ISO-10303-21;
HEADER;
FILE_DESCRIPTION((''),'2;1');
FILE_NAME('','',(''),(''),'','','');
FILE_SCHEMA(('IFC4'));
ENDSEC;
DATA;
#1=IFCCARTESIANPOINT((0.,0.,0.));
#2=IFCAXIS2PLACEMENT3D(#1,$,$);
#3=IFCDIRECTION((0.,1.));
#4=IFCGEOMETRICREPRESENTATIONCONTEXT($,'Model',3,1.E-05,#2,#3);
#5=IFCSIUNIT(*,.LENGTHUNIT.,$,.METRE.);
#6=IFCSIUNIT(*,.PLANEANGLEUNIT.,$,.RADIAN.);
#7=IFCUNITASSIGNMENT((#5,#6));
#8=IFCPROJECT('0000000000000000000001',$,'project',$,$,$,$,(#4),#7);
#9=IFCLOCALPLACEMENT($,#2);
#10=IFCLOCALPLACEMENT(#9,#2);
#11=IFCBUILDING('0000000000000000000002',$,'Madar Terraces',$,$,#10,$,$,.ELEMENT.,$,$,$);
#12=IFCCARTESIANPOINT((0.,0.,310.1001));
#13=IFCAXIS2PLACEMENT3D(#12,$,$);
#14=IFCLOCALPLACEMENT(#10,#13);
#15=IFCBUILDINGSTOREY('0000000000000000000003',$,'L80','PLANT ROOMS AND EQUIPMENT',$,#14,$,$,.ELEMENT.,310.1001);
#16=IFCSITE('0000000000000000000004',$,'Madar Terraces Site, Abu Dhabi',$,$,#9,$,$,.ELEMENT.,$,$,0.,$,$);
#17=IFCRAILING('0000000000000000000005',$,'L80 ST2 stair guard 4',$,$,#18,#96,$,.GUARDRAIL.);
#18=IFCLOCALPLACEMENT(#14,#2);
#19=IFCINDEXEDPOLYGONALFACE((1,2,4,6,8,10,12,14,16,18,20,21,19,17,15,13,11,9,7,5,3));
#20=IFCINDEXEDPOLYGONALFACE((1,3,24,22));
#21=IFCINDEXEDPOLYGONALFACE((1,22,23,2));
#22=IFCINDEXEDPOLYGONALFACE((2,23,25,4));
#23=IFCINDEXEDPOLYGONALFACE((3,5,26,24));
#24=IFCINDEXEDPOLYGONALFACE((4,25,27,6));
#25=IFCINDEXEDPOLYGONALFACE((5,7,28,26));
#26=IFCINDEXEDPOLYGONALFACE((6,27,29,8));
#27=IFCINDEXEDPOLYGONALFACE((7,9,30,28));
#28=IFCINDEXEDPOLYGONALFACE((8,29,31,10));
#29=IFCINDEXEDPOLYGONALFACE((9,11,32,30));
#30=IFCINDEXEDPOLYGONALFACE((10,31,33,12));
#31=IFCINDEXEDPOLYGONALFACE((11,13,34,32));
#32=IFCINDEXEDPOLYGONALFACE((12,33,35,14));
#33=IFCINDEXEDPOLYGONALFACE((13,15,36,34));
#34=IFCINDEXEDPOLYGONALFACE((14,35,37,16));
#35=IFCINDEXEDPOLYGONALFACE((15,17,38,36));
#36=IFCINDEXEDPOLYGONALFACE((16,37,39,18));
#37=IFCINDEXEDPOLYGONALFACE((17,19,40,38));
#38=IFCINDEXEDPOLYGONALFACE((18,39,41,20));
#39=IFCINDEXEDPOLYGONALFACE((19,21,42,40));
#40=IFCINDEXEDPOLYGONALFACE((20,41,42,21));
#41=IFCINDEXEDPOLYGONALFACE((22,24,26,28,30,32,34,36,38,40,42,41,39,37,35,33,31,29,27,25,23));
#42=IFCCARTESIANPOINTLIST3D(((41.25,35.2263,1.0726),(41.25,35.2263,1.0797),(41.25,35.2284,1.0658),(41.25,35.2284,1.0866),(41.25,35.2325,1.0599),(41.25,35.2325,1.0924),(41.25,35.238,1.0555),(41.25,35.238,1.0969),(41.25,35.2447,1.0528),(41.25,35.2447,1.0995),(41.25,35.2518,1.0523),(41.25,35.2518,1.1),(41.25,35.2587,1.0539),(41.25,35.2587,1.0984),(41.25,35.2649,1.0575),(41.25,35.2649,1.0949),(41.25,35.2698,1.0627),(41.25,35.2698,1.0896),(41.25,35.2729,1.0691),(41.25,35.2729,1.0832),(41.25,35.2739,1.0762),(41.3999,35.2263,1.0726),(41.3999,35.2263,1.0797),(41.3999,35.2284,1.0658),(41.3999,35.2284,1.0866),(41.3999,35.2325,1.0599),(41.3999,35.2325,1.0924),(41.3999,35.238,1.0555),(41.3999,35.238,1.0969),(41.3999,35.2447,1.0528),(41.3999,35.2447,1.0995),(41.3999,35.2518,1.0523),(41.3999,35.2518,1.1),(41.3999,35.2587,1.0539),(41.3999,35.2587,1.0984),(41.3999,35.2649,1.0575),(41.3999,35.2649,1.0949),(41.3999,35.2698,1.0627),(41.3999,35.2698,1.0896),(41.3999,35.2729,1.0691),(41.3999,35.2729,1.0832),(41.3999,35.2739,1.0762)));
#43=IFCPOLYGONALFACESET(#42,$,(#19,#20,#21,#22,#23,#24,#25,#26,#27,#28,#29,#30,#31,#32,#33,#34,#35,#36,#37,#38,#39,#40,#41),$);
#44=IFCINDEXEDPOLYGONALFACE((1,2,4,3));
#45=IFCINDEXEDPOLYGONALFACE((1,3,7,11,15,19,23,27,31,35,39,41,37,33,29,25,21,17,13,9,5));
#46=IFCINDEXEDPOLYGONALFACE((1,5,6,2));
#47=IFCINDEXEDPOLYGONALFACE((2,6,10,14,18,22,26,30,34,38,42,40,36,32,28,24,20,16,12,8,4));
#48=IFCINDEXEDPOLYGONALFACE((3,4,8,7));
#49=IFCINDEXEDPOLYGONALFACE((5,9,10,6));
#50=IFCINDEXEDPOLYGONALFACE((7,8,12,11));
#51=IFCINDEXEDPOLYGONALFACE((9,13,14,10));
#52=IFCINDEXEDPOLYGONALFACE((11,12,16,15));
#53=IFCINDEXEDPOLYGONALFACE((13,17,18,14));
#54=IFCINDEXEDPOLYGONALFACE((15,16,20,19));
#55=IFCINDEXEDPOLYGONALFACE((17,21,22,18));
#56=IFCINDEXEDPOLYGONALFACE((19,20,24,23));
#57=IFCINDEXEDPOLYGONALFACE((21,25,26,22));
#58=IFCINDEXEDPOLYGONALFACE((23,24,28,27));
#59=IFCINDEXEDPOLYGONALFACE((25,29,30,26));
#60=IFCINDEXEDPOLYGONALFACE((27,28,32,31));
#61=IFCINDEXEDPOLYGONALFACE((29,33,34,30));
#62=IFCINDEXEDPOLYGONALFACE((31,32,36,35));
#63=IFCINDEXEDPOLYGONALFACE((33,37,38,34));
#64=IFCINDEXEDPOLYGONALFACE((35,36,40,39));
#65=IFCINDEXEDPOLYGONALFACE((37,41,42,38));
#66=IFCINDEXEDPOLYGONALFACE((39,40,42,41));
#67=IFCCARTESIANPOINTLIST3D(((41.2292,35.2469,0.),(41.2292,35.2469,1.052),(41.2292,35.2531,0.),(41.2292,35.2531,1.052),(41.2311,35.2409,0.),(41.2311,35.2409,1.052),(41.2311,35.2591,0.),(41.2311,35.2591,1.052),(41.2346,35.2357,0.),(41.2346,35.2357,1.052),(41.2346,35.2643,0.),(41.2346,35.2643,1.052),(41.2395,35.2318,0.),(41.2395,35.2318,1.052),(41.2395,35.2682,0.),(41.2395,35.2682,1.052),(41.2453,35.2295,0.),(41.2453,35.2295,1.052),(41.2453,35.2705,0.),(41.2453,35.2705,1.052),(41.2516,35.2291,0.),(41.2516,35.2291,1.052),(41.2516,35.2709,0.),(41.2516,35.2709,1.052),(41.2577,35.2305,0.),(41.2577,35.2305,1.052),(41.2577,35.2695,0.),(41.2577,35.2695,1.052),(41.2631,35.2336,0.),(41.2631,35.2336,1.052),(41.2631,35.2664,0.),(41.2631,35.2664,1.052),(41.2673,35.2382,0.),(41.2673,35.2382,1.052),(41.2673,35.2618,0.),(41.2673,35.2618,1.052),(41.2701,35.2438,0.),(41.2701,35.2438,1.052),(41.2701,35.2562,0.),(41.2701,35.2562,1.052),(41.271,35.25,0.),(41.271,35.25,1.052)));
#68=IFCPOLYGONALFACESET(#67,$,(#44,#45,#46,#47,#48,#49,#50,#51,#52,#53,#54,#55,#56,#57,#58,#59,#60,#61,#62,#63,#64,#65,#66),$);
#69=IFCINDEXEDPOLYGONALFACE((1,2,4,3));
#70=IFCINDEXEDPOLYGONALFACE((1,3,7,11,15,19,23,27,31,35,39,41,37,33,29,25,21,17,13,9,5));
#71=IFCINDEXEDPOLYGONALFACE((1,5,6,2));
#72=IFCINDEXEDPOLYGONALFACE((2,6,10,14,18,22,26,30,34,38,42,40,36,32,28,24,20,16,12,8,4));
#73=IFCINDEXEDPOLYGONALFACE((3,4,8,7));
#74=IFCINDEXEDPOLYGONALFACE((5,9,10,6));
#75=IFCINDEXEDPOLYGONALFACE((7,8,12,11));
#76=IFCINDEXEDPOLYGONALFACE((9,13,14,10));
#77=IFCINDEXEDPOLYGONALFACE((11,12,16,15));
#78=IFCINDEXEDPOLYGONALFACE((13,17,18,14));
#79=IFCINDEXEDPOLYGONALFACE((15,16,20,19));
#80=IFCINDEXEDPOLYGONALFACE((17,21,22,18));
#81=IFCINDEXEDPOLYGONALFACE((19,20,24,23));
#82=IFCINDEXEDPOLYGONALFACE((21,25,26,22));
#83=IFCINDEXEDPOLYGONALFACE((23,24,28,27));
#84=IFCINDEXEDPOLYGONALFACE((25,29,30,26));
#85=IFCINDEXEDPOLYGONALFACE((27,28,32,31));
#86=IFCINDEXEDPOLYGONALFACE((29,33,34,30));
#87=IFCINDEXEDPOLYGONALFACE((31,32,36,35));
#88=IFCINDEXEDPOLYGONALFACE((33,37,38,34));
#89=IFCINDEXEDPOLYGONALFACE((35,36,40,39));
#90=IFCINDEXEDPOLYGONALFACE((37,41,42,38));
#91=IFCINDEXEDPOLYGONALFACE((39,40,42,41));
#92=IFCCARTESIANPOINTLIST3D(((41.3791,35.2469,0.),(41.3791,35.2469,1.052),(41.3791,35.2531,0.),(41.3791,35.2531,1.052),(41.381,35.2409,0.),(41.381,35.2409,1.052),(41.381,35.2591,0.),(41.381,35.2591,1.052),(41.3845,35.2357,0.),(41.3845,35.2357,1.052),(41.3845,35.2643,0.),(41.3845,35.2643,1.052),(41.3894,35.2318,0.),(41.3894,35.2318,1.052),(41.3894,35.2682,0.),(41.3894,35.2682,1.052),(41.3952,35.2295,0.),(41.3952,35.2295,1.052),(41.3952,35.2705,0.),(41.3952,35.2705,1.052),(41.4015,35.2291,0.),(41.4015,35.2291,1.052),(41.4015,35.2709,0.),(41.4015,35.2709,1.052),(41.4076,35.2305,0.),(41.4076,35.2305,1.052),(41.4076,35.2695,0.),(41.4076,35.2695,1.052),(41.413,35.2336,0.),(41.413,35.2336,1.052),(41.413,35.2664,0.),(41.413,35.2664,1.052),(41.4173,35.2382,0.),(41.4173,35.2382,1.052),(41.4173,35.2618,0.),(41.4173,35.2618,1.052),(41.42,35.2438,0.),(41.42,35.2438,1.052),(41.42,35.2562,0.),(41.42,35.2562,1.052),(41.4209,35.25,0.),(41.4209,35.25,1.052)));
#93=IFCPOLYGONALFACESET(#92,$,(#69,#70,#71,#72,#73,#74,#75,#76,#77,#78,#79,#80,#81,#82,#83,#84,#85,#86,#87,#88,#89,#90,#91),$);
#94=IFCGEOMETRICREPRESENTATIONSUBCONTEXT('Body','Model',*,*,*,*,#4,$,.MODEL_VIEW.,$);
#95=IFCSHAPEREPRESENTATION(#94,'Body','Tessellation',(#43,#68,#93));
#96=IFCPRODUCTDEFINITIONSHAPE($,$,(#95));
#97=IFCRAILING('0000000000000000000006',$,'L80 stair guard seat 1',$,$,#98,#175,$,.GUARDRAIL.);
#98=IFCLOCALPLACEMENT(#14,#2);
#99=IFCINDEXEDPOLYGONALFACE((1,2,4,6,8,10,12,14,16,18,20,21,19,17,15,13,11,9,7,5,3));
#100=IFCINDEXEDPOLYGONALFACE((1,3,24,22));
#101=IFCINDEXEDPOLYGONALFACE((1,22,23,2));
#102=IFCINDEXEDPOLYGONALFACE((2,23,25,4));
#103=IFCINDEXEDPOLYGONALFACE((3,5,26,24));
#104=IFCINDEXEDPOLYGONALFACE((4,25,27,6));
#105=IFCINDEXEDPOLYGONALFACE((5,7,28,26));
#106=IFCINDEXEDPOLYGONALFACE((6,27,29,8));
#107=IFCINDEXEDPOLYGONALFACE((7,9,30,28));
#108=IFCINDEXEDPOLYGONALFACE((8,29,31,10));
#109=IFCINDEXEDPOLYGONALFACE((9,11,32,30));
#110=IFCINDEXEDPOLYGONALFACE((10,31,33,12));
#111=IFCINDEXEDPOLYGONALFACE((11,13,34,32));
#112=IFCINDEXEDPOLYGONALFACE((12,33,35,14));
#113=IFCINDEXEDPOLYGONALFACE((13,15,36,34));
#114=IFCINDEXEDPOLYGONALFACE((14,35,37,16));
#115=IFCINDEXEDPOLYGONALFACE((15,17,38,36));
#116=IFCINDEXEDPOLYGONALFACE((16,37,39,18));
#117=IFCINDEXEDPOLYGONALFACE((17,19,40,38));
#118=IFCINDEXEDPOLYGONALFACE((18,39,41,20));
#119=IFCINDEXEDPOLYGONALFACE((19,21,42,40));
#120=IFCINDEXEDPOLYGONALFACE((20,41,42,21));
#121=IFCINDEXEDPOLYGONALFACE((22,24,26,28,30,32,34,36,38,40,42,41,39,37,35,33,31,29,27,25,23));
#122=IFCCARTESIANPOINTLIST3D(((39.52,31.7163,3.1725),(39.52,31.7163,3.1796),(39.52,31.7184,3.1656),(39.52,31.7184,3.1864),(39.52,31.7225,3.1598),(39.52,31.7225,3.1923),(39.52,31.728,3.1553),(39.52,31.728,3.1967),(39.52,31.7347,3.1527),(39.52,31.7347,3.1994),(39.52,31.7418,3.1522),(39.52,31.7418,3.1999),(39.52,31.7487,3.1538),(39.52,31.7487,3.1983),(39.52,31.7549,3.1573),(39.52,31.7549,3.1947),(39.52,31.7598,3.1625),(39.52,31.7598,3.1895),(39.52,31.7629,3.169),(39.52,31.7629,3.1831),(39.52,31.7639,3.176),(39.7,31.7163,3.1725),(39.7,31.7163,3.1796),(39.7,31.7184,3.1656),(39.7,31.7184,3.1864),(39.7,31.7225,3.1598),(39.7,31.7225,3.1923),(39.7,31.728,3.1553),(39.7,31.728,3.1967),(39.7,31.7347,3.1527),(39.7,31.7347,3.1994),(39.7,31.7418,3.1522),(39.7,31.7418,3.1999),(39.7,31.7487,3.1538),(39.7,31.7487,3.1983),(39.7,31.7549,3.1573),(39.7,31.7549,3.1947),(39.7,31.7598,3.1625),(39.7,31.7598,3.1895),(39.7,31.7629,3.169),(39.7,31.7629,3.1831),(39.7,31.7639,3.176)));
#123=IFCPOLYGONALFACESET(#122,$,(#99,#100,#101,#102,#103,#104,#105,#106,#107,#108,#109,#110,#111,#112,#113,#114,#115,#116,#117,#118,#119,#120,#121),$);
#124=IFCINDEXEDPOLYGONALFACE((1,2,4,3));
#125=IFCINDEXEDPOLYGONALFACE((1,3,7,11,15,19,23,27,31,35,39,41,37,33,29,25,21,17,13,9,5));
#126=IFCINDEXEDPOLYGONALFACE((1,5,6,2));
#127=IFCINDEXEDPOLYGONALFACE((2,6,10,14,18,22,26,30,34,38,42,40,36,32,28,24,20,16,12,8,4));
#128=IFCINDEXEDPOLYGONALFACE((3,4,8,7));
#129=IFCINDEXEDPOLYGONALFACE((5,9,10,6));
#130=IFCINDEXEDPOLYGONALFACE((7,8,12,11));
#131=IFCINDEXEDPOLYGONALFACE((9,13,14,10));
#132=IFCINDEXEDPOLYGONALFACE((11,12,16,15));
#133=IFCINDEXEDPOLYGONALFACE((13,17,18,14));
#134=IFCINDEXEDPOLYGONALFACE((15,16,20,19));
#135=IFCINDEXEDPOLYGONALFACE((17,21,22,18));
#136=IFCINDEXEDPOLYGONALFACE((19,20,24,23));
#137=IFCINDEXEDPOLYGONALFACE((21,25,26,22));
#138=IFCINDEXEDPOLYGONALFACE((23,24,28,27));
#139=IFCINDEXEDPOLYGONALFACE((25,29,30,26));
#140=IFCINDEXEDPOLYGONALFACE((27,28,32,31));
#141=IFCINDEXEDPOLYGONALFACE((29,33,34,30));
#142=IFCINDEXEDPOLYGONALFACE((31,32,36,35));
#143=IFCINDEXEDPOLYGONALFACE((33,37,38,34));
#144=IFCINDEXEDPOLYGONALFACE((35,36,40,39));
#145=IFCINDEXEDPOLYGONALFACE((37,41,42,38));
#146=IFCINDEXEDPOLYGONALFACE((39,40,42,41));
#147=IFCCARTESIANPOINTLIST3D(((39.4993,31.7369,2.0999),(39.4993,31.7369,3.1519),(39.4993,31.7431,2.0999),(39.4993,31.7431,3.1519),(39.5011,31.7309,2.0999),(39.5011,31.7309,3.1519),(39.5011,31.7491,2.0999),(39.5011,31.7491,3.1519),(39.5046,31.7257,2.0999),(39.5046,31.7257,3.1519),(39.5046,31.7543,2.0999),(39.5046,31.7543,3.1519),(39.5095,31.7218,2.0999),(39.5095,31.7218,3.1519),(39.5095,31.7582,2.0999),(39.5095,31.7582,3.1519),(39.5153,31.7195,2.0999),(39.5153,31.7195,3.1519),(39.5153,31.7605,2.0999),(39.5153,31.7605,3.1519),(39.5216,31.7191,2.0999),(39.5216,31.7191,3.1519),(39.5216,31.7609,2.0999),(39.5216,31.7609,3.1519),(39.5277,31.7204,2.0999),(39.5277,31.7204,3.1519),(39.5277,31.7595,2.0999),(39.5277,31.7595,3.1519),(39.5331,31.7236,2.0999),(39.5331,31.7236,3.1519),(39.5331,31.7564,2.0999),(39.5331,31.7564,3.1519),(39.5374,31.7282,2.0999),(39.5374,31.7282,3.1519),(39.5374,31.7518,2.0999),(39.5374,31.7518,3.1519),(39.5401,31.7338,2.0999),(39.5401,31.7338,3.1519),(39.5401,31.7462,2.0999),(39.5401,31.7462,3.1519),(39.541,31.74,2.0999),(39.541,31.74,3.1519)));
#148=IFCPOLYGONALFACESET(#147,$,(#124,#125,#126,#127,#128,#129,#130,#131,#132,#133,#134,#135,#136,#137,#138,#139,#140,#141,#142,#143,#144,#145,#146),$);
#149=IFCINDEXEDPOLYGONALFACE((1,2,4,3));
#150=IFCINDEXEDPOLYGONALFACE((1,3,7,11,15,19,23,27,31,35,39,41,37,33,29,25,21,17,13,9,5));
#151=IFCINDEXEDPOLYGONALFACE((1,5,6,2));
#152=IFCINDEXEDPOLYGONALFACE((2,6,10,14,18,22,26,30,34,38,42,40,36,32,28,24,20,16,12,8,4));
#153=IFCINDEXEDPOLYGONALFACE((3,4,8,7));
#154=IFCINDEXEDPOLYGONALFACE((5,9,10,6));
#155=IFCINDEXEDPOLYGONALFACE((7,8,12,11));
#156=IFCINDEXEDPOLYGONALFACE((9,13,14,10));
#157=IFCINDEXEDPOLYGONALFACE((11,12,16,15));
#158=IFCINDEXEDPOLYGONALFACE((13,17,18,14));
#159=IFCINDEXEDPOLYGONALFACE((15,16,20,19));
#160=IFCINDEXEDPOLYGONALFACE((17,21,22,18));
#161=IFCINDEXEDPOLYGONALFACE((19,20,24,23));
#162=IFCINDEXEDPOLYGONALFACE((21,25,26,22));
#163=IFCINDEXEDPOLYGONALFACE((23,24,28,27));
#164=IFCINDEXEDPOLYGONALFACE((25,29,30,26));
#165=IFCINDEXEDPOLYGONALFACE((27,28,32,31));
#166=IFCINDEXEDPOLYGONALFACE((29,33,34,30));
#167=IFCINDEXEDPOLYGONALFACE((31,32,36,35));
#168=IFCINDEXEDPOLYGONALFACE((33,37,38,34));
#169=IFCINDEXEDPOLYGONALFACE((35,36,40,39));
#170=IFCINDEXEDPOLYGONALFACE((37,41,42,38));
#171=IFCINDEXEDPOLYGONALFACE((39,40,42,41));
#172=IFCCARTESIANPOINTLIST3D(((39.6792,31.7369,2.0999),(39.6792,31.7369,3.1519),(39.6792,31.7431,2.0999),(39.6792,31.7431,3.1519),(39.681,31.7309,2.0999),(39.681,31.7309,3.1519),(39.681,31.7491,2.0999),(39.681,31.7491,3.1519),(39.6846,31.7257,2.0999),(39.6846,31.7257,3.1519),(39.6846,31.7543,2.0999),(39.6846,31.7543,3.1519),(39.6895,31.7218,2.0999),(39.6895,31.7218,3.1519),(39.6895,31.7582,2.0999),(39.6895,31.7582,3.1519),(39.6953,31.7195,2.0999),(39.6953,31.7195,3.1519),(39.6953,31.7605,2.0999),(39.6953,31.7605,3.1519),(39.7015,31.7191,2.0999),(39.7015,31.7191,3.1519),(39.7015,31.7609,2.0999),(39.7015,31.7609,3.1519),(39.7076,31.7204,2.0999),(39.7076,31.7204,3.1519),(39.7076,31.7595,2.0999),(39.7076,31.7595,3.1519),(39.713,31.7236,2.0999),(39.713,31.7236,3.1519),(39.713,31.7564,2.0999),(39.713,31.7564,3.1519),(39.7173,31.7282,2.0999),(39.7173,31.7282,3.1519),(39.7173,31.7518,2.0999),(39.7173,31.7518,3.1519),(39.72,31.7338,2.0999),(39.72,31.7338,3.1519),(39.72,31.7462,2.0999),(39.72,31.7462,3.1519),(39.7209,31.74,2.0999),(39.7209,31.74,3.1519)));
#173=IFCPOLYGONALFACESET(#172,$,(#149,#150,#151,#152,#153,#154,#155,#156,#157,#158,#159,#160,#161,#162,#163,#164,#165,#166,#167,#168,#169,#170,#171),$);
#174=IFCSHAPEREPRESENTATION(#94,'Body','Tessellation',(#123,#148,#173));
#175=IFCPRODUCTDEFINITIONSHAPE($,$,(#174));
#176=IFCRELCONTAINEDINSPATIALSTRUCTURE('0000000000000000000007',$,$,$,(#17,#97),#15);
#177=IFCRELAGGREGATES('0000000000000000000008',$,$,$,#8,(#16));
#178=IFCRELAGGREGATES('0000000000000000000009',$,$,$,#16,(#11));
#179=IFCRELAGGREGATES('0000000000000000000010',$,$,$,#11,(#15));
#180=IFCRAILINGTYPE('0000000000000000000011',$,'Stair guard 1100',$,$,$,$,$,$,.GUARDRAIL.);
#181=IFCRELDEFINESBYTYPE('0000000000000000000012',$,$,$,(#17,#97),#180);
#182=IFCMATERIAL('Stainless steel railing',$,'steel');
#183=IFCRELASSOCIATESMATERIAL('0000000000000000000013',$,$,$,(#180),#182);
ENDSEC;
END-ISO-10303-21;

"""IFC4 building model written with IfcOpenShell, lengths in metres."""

from ifc_helpers import new_model, si_unit, direction, frame, origin, origin_2d, place, context, subcontext, project, spatial, circle, extrude, material, type_object, element, save


model = new_model("IFC4")

# Units and contexts
model_context = context("Model", 3, precision=1e-05, world=origin(), true_north=direction((0.0, 1.0)))
body_context = subcontext(model_context, "Body", "Model", "MODEL_VIEW")
ifc_project = project(units=[si_unit("LENGTHUNIT", "METRE"), si_unit("PLANEANGLEUNIT", "RADIAN")], contexts=[model_context])

# Site, building, storey
site_placement = place(None, origin())
site = spatial("IfcSite", under=ifc_project, at=site_placement, Name="Madar Terraces Site, Abu Dhabi", CompositionType="ELEMENT", RefElevation=0.0)
building_placement = place(site_placement, origin())
building = spatial("IfcBuilding", under=site, at=building_placement, Name="Madar Terraces", CompositionType="ELEMENT")
storey_placement = place(building_placement, frame((0.0, 0.0, 310.1001)))
storey = spatial("IfcBuildingStorey", under=building, at=storey_placement, Name="L80", Description="PLANT ROOMS AND EQUIPMENT", CompositionType="ELEMENT", Elevation=310.1001)

# Railings
ifc_material_1 = material(Name="Stainless steel railing", Category="steel")
railing_type_1 = type_object("IfcRailingType", Name="Stair guard 1100", PredefinedType="GUARDRAIL", material=ifc_material_1)
railing_1_placement = place(storey_placement, frame((41.25, 35.25, 0.0)))
element("IfcRailing", 1, at=railing_1_placement, inside=storey, type_object=railing_type_1, Name="L80 ST2 stair guard 4", PredefinedType="GUARDRAIL", context=body_context, shape_type="SweptSolid", body=[
    extrude(circle(Radius=0.0239, at=origin_2d()), frame((0.0, 0.0, 1.0762), z_axis=(1.0, 0.0, 0.0), x_axis=(0.0, 1.0, 0.0)), (0.0, 0.0, 1.0), 0.1499),
    extrude(circle(Radius=0.021, at=origin_2d()), origin(), (0.0, 0.0, 1.0), 1.052),
    extrude(circle(Radius=0.021, at=origin_2d()), frame((0.1499, 0.0, 0.0)), (0.0, 0.0, 1.0), 1.052),
])
for number, where, name in (
    (2, (39.52, 31.74, 2.0999), "L80 stair guard seat 1"),
):
    element("IfcRailing", number, at=place(storey_placement, frame(where)), inside=storey, type_object=railing_type_1, Name=name, PredefinedType="GUARDRAIL", context=body_context, shape_type="SweptSolid", body=[
        extrude(circle(Radius=0.0239, at=origin_2d()), frame((0.0, 0.0, 1.0762), z_axis=(1.0, 0.0, 0.0), x_axis=(0.0, 1.0, 0.0)), (0.0, 0.0, 1.0), 0.1799),
        extrude(circle(Radius=0.021, at=origin_2d()), origin(), (0.0, 0.0, 1.0), 1.052),
        extrude(circle(Radius=0.021, at=origin_2d()), frame((0.1799, 0.0, 0.0)), (0.0, 0.0, 1.0), 1.052),
    ])

save(model, "model.ifc")
